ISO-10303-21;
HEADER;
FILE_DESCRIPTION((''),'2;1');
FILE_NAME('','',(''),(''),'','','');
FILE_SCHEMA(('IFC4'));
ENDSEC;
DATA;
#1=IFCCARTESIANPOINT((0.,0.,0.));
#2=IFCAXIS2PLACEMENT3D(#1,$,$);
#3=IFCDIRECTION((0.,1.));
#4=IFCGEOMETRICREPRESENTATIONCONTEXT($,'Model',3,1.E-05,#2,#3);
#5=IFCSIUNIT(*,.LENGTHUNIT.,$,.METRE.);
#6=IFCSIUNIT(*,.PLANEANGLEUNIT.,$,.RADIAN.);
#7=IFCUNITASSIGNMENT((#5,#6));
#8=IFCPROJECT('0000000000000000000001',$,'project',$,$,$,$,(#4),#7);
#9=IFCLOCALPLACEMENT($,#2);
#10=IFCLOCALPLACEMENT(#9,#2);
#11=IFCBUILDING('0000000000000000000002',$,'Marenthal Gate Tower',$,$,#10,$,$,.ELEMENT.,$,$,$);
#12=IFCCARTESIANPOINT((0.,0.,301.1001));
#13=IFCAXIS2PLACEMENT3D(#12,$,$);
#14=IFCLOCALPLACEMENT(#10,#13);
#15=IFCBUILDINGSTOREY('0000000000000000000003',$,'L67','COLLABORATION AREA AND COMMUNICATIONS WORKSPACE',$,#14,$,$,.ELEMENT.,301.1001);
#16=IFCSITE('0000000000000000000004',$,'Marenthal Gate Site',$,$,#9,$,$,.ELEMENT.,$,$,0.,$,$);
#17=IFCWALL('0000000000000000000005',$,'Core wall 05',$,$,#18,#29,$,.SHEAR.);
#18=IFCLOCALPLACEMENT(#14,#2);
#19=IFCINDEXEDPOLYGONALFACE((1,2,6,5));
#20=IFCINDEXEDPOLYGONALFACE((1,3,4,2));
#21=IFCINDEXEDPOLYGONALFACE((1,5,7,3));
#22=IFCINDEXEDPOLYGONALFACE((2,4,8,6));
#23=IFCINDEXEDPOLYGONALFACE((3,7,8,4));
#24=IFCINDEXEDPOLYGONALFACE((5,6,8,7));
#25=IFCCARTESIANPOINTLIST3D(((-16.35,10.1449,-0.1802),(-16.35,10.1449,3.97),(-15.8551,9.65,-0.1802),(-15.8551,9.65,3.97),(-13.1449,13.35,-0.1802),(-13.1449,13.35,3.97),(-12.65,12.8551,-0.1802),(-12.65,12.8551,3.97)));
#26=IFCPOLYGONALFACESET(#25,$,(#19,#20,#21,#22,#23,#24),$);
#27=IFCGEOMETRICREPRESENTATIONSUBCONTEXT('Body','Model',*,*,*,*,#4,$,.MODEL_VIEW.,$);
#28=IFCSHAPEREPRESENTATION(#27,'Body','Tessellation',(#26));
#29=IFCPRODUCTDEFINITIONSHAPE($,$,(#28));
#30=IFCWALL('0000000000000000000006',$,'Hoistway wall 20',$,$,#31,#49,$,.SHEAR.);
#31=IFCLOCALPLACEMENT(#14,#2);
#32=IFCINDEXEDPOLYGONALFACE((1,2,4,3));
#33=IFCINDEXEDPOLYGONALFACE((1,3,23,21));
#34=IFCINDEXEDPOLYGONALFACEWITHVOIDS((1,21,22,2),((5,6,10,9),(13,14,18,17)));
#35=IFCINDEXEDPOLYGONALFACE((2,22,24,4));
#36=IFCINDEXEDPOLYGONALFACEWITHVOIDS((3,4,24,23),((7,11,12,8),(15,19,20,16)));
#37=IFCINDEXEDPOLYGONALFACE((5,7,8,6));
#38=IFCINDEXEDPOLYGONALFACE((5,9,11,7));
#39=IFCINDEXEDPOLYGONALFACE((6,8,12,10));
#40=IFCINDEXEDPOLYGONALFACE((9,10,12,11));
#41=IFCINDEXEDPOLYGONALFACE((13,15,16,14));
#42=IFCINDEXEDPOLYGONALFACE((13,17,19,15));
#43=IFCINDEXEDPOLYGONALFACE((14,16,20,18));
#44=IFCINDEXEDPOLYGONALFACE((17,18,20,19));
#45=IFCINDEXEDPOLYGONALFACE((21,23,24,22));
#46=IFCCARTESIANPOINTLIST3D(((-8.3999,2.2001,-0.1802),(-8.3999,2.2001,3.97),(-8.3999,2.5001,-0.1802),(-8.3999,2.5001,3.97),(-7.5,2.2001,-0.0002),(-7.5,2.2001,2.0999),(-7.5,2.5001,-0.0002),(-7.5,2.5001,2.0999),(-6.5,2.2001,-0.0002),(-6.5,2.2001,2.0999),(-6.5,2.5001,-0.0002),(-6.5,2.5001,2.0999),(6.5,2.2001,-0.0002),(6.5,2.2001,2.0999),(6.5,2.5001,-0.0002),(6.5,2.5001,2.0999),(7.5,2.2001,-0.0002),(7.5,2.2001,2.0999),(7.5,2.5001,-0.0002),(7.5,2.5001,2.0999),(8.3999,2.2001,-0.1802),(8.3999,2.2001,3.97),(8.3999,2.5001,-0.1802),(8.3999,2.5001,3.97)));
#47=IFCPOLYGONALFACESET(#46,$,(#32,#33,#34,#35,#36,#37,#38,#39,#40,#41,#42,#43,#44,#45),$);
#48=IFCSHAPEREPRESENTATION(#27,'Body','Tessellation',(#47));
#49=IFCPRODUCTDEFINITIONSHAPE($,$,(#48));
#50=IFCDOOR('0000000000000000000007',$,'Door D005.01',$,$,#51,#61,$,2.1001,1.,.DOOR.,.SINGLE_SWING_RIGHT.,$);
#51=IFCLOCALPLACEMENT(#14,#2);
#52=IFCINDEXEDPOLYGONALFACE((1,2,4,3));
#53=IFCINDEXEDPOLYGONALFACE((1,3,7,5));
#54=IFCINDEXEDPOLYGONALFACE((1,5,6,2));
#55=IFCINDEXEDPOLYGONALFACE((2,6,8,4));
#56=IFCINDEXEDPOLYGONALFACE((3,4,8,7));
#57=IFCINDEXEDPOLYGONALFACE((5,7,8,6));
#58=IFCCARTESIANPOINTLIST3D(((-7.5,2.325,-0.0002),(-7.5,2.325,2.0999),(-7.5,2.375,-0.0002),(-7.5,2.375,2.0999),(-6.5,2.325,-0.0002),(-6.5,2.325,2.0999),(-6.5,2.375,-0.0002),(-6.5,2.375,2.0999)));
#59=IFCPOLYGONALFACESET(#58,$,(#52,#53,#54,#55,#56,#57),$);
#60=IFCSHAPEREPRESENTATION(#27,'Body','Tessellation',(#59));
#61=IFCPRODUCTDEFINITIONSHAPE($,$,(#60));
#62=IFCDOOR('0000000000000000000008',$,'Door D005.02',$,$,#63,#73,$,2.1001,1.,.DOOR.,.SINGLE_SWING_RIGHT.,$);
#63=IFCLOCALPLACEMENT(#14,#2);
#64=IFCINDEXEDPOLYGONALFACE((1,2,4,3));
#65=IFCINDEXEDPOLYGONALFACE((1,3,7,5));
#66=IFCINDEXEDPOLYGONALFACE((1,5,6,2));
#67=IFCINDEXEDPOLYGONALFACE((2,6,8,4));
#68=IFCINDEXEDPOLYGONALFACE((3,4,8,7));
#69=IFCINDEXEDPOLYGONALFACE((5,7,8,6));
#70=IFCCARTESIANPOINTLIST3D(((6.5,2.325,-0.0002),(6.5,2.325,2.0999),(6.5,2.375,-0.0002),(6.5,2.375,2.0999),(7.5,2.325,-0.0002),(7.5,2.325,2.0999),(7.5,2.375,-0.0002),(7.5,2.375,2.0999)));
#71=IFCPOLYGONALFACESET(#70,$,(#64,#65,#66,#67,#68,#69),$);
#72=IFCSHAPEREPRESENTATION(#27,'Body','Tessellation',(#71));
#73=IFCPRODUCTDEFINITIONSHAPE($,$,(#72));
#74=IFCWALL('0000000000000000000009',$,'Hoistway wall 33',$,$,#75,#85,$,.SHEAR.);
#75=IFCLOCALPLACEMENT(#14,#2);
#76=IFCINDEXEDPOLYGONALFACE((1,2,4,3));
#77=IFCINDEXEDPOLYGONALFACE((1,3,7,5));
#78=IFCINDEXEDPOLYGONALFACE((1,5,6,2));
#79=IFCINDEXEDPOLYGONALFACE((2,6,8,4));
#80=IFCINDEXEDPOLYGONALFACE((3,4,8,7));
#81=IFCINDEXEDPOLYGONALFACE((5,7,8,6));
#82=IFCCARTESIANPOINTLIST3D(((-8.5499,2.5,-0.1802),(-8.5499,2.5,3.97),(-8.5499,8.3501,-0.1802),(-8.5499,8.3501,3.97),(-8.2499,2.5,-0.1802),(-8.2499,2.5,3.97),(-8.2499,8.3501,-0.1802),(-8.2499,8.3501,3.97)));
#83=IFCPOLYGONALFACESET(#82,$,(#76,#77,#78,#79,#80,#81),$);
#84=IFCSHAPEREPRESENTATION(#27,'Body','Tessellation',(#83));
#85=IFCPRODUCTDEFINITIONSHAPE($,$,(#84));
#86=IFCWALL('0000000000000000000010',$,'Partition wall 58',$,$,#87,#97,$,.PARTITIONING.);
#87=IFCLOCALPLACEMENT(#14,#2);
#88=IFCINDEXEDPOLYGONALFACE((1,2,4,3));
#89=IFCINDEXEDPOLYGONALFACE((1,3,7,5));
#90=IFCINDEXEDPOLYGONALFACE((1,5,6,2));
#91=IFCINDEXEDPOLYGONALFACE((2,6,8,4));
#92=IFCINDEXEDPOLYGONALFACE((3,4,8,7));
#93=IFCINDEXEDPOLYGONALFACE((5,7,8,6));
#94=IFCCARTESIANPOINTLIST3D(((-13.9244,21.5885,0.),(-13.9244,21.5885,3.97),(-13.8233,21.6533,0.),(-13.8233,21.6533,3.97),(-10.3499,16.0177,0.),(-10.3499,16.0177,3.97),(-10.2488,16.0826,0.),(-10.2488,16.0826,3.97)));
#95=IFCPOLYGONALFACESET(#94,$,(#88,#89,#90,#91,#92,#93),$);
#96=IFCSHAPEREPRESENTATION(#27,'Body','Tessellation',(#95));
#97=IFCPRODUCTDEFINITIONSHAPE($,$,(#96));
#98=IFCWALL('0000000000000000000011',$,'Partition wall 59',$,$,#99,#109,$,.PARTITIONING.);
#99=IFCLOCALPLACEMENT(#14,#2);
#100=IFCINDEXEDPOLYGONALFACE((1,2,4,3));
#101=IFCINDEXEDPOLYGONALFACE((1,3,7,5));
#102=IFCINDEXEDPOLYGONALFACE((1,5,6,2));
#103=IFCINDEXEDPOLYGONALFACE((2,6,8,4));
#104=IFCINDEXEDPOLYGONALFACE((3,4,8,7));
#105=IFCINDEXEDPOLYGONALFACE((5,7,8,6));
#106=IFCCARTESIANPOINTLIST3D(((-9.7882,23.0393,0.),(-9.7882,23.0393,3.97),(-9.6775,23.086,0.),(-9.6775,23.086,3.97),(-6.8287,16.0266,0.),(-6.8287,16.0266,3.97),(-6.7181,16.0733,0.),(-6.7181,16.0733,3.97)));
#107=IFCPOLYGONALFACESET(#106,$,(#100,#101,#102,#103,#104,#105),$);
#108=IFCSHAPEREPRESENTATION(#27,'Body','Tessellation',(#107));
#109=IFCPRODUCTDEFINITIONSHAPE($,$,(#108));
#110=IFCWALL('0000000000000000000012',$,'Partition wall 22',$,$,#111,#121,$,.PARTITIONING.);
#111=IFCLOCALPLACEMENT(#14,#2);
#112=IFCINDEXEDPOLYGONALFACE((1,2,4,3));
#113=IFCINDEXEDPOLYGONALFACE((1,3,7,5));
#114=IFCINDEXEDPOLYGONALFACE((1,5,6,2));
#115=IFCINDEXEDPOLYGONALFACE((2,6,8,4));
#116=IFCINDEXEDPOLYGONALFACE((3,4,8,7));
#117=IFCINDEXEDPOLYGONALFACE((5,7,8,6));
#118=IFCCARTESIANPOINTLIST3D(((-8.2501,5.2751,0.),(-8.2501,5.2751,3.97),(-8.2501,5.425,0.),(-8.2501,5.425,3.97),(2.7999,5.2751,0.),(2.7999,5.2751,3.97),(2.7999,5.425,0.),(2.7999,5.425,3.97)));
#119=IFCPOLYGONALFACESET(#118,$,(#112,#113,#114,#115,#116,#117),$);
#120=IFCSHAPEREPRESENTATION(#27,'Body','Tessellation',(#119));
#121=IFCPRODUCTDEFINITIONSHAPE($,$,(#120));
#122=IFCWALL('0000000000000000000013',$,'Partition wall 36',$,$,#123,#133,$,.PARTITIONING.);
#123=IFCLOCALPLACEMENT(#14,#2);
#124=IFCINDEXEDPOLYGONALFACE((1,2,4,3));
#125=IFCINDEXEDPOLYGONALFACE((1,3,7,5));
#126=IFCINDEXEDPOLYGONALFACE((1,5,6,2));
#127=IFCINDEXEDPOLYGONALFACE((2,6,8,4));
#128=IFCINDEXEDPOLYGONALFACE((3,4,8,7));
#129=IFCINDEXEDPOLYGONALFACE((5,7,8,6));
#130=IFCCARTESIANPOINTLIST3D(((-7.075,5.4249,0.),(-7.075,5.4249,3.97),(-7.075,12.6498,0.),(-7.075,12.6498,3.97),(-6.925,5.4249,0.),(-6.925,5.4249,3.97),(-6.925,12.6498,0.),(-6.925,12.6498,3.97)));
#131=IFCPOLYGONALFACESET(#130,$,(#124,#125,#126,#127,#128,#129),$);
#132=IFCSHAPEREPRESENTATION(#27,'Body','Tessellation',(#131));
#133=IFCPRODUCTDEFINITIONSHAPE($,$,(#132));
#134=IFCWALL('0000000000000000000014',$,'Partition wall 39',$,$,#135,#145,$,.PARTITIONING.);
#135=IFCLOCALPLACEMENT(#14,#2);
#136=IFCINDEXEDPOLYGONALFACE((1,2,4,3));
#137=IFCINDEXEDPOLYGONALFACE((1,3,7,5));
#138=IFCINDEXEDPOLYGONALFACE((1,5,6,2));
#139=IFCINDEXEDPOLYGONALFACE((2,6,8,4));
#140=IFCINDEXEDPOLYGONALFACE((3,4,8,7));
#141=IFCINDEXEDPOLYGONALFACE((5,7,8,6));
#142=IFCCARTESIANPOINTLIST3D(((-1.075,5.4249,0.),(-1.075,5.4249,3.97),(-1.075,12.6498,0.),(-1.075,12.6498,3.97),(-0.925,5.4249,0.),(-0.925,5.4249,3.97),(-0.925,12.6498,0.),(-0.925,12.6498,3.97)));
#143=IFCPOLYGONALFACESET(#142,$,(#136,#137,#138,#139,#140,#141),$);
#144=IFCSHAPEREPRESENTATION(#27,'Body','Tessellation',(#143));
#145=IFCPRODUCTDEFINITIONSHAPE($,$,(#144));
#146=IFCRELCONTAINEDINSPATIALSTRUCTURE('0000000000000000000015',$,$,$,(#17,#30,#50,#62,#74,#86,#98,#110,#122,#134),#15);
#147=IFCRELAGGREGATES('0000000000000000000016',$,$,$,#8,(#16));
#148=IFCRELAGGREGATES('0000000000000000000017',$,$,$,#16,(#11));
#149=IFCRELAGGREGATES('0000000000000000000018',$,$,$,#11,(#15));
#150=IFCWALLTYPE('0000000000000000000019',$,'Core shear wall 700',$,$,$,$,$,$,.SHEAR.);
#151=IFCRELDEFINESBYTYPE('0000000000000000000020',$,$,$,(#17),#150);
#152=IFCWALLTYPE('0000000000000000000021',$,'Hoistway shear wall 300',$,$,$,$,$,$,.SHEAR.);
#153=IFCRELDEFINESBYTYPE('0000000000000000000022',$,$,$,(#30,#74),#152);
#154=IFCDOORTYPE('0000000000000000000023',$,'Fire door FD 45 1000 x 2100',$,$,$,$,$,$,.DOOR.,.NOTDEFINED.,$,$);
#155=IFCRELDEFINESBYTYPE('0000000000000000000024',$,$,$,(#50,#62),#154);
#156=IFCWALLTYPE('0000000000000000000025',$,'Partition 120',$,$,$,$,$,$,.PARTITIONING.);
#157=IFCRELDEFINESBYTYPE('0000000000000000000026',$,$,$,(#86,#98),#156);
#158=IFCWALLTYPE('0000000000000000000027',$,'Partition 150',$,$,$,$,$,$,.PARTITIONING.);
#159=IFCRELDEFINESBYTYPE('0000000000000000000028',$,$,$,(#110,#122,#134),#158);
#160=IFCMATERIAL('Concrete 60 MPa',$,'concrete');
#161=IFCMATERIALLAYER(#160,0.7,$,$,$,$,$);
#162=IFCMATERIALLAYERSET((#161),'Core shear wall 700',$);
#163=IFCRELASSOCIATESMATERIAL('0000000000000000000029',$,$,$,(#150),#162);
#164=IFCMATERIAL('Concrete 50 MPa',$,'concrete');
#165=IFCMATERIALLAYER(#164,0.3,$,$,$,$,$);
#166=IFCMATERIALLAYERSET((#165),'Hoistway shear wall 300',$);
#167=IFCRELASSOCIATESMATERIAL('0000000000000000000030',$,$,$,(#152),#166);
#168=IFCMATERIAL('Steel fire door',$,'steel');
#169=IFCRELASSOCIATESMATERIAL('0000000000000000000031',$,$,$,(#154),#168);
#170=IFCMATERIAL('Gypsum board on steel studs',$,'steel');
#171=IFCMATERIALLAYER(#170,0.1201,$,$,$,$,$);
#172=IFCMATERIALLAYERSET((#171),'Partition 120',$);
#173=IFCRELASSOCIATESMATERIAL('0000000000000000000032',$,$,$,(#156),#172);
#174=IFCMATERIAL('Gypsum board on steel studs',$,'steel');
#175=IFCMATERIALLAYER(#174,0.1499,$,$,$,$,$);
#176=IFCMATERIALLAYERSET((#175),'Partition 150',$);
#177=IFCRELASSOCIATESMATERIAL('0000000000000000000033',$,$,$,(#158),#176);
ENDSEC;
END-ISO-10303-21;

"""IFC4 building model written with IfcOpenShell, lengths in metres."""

from ifc_helpers import new_model, si_unit, direction, frame, frame_2d, origin, place, context, subcontext, project, spatial, rectangle, extrude, material, layer, layer_set, type_object, element, fill, save


model = new_model("IFC4")

# Units and contexts
model_context = context("Model", 3, precision=1e-05, world=origin(), true_north=direction((0.0, 1.0)))
body_context = subcontext(model_context, "Body", "Model", "MODEL_VIEW")
ifc_project = project(units=[si_unit("LENGTHUNIT", "METRE"), si_unit("PLANEANGLEUNIT", "RADIAN")], contexts=[model_context])

# Site, building, storey
site_placement = place(None, origin())
site = spatial("IfcSite", under=ifc_project, at=site_placement, Name="Marenthal Gate Site", CompositionType="ELEMENT", RefElevation=0.0)
building_placement = place(site_placement, origin())
building = spatial("IfcBuilding", under=site, at=building_placement, Name="Marenthal Gate Tower", CompositionType="ELEMENT")
storey_placement = place(building_placement, frame((0.0, 0.0, 301.1001)))
storey = spatial("IfcBuildingStorey", under=building, at=storey_placement, Name="L67", Description="COLLABORATION AREA AND COMMUNICATIONS WORKSPACE", CompositionType="ELEMENT", Elevation=301.1001)

# Wall
ifc_material_1 = material(Name="Concrete 60 MPa", Category="concrete")
ifc_layer_1 = layer(ifc_material_1, 0.7)
ifc_layer_set_1 = layer_set([ifc_layer_1], Name="Core shear wall 700")
wall_type_1 = type_object("IfcWallType", Name="Core shear wall 700", PredefinedType="SHEAR", material=ifc_layer_set_1)
wall_1_placement = place(storey_placement, frame((-12.8975, 13.1025, -0.1802), z_axis=(0.0, 0.0, 1.0), x_axis=(-0.707107, -0.707107, 0.0)))
element("IfcWall", 1, at=wall_1_placement, inside=storey, type_object=wall_type_1, Name="Core wall 05", PredefinedType="SHEAR", context=body_context, shape_type="SweptSolid", body=[
    extrude(rectangle(XDim=4.5327, YDim=0.7, at=frame_2d((2.2664, 0.0))), origin(), (0.0, 0.0, 1.0), 4.1501),
])

# Wall, openings, doors
ifc_material_2 = material(Name="Concrete 50 MPa", Category="concrete")
ifc_layer_2 = layer(ifc_material_2, 0.3)
ifc_layer_set_2 = layer_set([ifc_layer_2], Name="Hoistway shear wall 300")
wall_type_2 = type_object("IfcWallType", Name="Hoistway shear wall 300", PredefinedType="SHEAR", material=ifc_layer_set_2)
wall_2_placement = place(storey_placement, frame((-8.3999, 2.3501, -0.1802), z_axis=(0.0, 0.0, 1.0), x_axis=(1.0, 0.0, 0.0)))
wall_2 = element("IfcWall", 2, at=wall_2_placement, inside=storey, type_object=wall_type_2, Name="Hoistway wall 20", PredefinedType="SHEAR", context=body_context, shape_type="SweptSolid", body=[
    extrude(rectangle(XDim=16.7998, YDim=0.3, at=frame_2d((8.3999, 0.0))), origin(), (0.0, 0.0, 1.0), 4.1501),
])
opening_1_placement = place(wall_2_placement, frame((0.8999, 0.0, 0.1799)))
opening_1 = element("IfcOpeningElement", 3, at=opening_1_placement, cuts=wall_2, PredefinedType="OPENING", context=body_context, shape_type="SweptSolid", body=[
    extrude(rectangle(XDim=1.0, YDim=2.1001, at=frame_2d((0.5, 1.05))), frame((0.0, 0.1602, 0.0), z_axis=(0.0, -1.0, 0.0), x_axis=(1.0, 0.0, 0.0)), (0.0, 0.0, 1.0), 0.3201),
])
opening_2_placement = place(wall_2_placement, frame((14.8999, 0.0, 0.1799)))
opening_2 = element("IfcOpeningElement", 4, at=opening_2_placement, cuts=wall_2, PredefinedType="OPENING", context=body_context, shape_type="SweptSolid", body=[
    extrude(rectangle(XDim=1.0, YDim=2.1001, at=frame_2d((0.5, 1.05))), frame((0.0, 0.1602, 0.0), z_axis=(0.0, -1.0, 0.0), x_axis=(1.0, 0.0, 0.0)), (0.0, 0.0, 1.0), 0.3201),
])
ifc_material_3 = material(Name="Steel fire door", Category="steel")
door_type_1 = type_object("IfcDoorType", Name="Fire door FD 45 1000 x 2100", OperationType="NOTDEFINED", PredefinedType="DOOR", material=ifc_material_3)
door_1_placement = place(opening_1_placement, origin())
door_1 = element("IfcDoor", 5, at=door_1_placement, inside=storey, type_object=door_type_1, Name="Door D005.01", OperationType="SINGLE_SWING_RIGHT", OverallHeight=2.1001, OverallWidth=1.0, PredefinedType="DOOR", context=body_context, shape_type="SweptSolid", body=[
    extrude(rectangle(XDim=1.0, YDim=2.1001, at=frame_2d((0.5, 1.05))), frame((0.0, 0.0249, 0.0), z_axis=(0.0, -1.0, 0.0), x_axis=(1.0, 0.0, 0.0)), (0.0, 0.0, 1.0), 0.05),
])
fill(opening_1, door_1)
door_2_placement = place(opening_2_placement, origin())
door_2 = element("IfcDoor", 6, at=door_2_placement, inside=storey, type_object=door_type_1, Name="Door D005.02", OperationType="SINGLE_SWING_RIGHT", OverallHeight=2.1001, OverallWidth=1.0, PredefinedType="DOOR", context=body_context, shape_type="SweptSolid", body=[
    extrude(rectangle(XDim=1.0, YDim=2.1001, at=frame_2d((0.5, 1.05))), frame((0.0, 0.0249, 0.0), z_axis=(0.0, -1.0, 0.0), x_axis=(1.0, 0.0, 0.0)), (0.0, 0.0, 1.0), 0.05),
])
fill(opening_2, door_2)

# Walls
wall_3_placement = place(storey_placement, frame((-8.3999, 2.5, -0.1802), z_axis=(0.0, 0.0, 1.0), x_axis=(0.0, 1.0, 0.0)))
element("IfcWall", 7, at=wall_3_placement, inside=storey, type_object=wall_type_2, Name="Hoistway wall 33", PredefinedType="SHEAR", context=body_context, shape_type="SweptSolid", body=[
    extrude(rectangle(XDim=5.8501, YDim=0.3, at=frame_2d((2.925, 0.0))), origin(), (0.0, 0.0, 1.0), 4.1501),
])
ifc_material_4 = material(Name="Gypsum board on steel studs", Category="steel")
ifc_layer_3 = layer(ifc_material_4, 0.1201)
ifc_layer_set_3 = layer_set([ifc_layer_3], Name="Partition 120")
wall_type_3 = type_object("IfcWallType", Name="Partition 120", PredefinedType="PARTITIONING", material=ifc_layer_set_3)
wall_4_placement = place(storey_placement, frame((-10.2993, 16.05, 0.0), z_axis=(0.0, 0.0, 1.0), x_axis=(-0.540034, 0.841643, 0.0)))
element("IfcWall", 8, at=wall_4_placement, inside=storey, type_object=wall_type_3, Name="Partition wall 58", PredefinedType="PARTITIONING", context=body_context, shape_type="SweptSolid", body=[
    extrude(rectangle(XDim=6.6189, YDim=0.1201, at=frame_2d((3.3096, 0.0))), origin(), (0.0, 0.0, 1.0), 3.97),
])
wall_5_placement = place(storey_placement, frame((-6.7734, 16.05, 0.0), z_axis=(0.0, 0.0, 1.0), x_axis=(-0.388811, 0.921317, 0.0)))
element("IfcWall", 9, at=wall_5_placement, inside=storey, type_object=wall_type_3, Name="Partition wall 59", PredefinedType="PARTITIONING", context=body_context, shape_type="SweptSolid", body=[
    extrude(rectangle(XDim=7.6116, YDim=0.1201, at=frame_2d((3.8057, 0.0))), origin(), (0.0, 0.0, 1.0), 3.97),
])
ifc_material_5 = material(Name="Gypsum board on steel studs", Category="steel")
ifc_layer_4 = layer(ifc_material_5, 0.1499)
ifc_layer_set_4 = layer_set([ifc_layer_4], Name="Partition 150")
wall_type_4 = type_object("IfcWallType", Name="Partition 150", PredefinedType="PARTITIONING", material=ifc_layer_set_4)
wall_6_placement = place(storey_placement, frame((-8.25, 5.3501, 0.0), z_axis=(0.0, 0.0, 1.0), x_axis=(1.0, 0.0, 0.0)))
element("IfcWall", 10, at=wall_6_placement, inside=storey, type_object=wall_type_4, Name="Partition wall 22", PredefinedType="PARTITIONING", context=body_context, shape_type="SweptSolid", body=[
    extrude(rectangle(XDim=11.05, YDim=0.1499, at=frame_2d((5.5249, 0.0))), origin(), (0.0, 0.0, 1.0), 3.97),
])
for number, where, z_axis, x_axis, name in (
    (11, (-7.0, 5.425, 0.0), (0.0, 0.0, 1.0), (0.0, 1.0, 0.0), "Partition wall 36"),
    (12, (-1.0, 5.425, 0.0), (0.0, 0.0, 1.0), (0.0, 1.0, 0.0), "Partition wall 39"),
):
    element("IfcWall", number, at=place(storey_placement, frame(where, z_axis=z_axis, x_axis=x_axis)), inside=storey, type_object=wall_type_4, Name=name, PredefinedType="PARTITIONING", context=body_context, shape_type="SweptSolid", body=[
        extrude(rectangle(XDim=7.2249, YDim=0.1499, at=frame_2d((3.6123, 0.0))), origin(), (0.0, 0.0, 1.0), 3.97),
    ])

save(model, "model.ifc")
